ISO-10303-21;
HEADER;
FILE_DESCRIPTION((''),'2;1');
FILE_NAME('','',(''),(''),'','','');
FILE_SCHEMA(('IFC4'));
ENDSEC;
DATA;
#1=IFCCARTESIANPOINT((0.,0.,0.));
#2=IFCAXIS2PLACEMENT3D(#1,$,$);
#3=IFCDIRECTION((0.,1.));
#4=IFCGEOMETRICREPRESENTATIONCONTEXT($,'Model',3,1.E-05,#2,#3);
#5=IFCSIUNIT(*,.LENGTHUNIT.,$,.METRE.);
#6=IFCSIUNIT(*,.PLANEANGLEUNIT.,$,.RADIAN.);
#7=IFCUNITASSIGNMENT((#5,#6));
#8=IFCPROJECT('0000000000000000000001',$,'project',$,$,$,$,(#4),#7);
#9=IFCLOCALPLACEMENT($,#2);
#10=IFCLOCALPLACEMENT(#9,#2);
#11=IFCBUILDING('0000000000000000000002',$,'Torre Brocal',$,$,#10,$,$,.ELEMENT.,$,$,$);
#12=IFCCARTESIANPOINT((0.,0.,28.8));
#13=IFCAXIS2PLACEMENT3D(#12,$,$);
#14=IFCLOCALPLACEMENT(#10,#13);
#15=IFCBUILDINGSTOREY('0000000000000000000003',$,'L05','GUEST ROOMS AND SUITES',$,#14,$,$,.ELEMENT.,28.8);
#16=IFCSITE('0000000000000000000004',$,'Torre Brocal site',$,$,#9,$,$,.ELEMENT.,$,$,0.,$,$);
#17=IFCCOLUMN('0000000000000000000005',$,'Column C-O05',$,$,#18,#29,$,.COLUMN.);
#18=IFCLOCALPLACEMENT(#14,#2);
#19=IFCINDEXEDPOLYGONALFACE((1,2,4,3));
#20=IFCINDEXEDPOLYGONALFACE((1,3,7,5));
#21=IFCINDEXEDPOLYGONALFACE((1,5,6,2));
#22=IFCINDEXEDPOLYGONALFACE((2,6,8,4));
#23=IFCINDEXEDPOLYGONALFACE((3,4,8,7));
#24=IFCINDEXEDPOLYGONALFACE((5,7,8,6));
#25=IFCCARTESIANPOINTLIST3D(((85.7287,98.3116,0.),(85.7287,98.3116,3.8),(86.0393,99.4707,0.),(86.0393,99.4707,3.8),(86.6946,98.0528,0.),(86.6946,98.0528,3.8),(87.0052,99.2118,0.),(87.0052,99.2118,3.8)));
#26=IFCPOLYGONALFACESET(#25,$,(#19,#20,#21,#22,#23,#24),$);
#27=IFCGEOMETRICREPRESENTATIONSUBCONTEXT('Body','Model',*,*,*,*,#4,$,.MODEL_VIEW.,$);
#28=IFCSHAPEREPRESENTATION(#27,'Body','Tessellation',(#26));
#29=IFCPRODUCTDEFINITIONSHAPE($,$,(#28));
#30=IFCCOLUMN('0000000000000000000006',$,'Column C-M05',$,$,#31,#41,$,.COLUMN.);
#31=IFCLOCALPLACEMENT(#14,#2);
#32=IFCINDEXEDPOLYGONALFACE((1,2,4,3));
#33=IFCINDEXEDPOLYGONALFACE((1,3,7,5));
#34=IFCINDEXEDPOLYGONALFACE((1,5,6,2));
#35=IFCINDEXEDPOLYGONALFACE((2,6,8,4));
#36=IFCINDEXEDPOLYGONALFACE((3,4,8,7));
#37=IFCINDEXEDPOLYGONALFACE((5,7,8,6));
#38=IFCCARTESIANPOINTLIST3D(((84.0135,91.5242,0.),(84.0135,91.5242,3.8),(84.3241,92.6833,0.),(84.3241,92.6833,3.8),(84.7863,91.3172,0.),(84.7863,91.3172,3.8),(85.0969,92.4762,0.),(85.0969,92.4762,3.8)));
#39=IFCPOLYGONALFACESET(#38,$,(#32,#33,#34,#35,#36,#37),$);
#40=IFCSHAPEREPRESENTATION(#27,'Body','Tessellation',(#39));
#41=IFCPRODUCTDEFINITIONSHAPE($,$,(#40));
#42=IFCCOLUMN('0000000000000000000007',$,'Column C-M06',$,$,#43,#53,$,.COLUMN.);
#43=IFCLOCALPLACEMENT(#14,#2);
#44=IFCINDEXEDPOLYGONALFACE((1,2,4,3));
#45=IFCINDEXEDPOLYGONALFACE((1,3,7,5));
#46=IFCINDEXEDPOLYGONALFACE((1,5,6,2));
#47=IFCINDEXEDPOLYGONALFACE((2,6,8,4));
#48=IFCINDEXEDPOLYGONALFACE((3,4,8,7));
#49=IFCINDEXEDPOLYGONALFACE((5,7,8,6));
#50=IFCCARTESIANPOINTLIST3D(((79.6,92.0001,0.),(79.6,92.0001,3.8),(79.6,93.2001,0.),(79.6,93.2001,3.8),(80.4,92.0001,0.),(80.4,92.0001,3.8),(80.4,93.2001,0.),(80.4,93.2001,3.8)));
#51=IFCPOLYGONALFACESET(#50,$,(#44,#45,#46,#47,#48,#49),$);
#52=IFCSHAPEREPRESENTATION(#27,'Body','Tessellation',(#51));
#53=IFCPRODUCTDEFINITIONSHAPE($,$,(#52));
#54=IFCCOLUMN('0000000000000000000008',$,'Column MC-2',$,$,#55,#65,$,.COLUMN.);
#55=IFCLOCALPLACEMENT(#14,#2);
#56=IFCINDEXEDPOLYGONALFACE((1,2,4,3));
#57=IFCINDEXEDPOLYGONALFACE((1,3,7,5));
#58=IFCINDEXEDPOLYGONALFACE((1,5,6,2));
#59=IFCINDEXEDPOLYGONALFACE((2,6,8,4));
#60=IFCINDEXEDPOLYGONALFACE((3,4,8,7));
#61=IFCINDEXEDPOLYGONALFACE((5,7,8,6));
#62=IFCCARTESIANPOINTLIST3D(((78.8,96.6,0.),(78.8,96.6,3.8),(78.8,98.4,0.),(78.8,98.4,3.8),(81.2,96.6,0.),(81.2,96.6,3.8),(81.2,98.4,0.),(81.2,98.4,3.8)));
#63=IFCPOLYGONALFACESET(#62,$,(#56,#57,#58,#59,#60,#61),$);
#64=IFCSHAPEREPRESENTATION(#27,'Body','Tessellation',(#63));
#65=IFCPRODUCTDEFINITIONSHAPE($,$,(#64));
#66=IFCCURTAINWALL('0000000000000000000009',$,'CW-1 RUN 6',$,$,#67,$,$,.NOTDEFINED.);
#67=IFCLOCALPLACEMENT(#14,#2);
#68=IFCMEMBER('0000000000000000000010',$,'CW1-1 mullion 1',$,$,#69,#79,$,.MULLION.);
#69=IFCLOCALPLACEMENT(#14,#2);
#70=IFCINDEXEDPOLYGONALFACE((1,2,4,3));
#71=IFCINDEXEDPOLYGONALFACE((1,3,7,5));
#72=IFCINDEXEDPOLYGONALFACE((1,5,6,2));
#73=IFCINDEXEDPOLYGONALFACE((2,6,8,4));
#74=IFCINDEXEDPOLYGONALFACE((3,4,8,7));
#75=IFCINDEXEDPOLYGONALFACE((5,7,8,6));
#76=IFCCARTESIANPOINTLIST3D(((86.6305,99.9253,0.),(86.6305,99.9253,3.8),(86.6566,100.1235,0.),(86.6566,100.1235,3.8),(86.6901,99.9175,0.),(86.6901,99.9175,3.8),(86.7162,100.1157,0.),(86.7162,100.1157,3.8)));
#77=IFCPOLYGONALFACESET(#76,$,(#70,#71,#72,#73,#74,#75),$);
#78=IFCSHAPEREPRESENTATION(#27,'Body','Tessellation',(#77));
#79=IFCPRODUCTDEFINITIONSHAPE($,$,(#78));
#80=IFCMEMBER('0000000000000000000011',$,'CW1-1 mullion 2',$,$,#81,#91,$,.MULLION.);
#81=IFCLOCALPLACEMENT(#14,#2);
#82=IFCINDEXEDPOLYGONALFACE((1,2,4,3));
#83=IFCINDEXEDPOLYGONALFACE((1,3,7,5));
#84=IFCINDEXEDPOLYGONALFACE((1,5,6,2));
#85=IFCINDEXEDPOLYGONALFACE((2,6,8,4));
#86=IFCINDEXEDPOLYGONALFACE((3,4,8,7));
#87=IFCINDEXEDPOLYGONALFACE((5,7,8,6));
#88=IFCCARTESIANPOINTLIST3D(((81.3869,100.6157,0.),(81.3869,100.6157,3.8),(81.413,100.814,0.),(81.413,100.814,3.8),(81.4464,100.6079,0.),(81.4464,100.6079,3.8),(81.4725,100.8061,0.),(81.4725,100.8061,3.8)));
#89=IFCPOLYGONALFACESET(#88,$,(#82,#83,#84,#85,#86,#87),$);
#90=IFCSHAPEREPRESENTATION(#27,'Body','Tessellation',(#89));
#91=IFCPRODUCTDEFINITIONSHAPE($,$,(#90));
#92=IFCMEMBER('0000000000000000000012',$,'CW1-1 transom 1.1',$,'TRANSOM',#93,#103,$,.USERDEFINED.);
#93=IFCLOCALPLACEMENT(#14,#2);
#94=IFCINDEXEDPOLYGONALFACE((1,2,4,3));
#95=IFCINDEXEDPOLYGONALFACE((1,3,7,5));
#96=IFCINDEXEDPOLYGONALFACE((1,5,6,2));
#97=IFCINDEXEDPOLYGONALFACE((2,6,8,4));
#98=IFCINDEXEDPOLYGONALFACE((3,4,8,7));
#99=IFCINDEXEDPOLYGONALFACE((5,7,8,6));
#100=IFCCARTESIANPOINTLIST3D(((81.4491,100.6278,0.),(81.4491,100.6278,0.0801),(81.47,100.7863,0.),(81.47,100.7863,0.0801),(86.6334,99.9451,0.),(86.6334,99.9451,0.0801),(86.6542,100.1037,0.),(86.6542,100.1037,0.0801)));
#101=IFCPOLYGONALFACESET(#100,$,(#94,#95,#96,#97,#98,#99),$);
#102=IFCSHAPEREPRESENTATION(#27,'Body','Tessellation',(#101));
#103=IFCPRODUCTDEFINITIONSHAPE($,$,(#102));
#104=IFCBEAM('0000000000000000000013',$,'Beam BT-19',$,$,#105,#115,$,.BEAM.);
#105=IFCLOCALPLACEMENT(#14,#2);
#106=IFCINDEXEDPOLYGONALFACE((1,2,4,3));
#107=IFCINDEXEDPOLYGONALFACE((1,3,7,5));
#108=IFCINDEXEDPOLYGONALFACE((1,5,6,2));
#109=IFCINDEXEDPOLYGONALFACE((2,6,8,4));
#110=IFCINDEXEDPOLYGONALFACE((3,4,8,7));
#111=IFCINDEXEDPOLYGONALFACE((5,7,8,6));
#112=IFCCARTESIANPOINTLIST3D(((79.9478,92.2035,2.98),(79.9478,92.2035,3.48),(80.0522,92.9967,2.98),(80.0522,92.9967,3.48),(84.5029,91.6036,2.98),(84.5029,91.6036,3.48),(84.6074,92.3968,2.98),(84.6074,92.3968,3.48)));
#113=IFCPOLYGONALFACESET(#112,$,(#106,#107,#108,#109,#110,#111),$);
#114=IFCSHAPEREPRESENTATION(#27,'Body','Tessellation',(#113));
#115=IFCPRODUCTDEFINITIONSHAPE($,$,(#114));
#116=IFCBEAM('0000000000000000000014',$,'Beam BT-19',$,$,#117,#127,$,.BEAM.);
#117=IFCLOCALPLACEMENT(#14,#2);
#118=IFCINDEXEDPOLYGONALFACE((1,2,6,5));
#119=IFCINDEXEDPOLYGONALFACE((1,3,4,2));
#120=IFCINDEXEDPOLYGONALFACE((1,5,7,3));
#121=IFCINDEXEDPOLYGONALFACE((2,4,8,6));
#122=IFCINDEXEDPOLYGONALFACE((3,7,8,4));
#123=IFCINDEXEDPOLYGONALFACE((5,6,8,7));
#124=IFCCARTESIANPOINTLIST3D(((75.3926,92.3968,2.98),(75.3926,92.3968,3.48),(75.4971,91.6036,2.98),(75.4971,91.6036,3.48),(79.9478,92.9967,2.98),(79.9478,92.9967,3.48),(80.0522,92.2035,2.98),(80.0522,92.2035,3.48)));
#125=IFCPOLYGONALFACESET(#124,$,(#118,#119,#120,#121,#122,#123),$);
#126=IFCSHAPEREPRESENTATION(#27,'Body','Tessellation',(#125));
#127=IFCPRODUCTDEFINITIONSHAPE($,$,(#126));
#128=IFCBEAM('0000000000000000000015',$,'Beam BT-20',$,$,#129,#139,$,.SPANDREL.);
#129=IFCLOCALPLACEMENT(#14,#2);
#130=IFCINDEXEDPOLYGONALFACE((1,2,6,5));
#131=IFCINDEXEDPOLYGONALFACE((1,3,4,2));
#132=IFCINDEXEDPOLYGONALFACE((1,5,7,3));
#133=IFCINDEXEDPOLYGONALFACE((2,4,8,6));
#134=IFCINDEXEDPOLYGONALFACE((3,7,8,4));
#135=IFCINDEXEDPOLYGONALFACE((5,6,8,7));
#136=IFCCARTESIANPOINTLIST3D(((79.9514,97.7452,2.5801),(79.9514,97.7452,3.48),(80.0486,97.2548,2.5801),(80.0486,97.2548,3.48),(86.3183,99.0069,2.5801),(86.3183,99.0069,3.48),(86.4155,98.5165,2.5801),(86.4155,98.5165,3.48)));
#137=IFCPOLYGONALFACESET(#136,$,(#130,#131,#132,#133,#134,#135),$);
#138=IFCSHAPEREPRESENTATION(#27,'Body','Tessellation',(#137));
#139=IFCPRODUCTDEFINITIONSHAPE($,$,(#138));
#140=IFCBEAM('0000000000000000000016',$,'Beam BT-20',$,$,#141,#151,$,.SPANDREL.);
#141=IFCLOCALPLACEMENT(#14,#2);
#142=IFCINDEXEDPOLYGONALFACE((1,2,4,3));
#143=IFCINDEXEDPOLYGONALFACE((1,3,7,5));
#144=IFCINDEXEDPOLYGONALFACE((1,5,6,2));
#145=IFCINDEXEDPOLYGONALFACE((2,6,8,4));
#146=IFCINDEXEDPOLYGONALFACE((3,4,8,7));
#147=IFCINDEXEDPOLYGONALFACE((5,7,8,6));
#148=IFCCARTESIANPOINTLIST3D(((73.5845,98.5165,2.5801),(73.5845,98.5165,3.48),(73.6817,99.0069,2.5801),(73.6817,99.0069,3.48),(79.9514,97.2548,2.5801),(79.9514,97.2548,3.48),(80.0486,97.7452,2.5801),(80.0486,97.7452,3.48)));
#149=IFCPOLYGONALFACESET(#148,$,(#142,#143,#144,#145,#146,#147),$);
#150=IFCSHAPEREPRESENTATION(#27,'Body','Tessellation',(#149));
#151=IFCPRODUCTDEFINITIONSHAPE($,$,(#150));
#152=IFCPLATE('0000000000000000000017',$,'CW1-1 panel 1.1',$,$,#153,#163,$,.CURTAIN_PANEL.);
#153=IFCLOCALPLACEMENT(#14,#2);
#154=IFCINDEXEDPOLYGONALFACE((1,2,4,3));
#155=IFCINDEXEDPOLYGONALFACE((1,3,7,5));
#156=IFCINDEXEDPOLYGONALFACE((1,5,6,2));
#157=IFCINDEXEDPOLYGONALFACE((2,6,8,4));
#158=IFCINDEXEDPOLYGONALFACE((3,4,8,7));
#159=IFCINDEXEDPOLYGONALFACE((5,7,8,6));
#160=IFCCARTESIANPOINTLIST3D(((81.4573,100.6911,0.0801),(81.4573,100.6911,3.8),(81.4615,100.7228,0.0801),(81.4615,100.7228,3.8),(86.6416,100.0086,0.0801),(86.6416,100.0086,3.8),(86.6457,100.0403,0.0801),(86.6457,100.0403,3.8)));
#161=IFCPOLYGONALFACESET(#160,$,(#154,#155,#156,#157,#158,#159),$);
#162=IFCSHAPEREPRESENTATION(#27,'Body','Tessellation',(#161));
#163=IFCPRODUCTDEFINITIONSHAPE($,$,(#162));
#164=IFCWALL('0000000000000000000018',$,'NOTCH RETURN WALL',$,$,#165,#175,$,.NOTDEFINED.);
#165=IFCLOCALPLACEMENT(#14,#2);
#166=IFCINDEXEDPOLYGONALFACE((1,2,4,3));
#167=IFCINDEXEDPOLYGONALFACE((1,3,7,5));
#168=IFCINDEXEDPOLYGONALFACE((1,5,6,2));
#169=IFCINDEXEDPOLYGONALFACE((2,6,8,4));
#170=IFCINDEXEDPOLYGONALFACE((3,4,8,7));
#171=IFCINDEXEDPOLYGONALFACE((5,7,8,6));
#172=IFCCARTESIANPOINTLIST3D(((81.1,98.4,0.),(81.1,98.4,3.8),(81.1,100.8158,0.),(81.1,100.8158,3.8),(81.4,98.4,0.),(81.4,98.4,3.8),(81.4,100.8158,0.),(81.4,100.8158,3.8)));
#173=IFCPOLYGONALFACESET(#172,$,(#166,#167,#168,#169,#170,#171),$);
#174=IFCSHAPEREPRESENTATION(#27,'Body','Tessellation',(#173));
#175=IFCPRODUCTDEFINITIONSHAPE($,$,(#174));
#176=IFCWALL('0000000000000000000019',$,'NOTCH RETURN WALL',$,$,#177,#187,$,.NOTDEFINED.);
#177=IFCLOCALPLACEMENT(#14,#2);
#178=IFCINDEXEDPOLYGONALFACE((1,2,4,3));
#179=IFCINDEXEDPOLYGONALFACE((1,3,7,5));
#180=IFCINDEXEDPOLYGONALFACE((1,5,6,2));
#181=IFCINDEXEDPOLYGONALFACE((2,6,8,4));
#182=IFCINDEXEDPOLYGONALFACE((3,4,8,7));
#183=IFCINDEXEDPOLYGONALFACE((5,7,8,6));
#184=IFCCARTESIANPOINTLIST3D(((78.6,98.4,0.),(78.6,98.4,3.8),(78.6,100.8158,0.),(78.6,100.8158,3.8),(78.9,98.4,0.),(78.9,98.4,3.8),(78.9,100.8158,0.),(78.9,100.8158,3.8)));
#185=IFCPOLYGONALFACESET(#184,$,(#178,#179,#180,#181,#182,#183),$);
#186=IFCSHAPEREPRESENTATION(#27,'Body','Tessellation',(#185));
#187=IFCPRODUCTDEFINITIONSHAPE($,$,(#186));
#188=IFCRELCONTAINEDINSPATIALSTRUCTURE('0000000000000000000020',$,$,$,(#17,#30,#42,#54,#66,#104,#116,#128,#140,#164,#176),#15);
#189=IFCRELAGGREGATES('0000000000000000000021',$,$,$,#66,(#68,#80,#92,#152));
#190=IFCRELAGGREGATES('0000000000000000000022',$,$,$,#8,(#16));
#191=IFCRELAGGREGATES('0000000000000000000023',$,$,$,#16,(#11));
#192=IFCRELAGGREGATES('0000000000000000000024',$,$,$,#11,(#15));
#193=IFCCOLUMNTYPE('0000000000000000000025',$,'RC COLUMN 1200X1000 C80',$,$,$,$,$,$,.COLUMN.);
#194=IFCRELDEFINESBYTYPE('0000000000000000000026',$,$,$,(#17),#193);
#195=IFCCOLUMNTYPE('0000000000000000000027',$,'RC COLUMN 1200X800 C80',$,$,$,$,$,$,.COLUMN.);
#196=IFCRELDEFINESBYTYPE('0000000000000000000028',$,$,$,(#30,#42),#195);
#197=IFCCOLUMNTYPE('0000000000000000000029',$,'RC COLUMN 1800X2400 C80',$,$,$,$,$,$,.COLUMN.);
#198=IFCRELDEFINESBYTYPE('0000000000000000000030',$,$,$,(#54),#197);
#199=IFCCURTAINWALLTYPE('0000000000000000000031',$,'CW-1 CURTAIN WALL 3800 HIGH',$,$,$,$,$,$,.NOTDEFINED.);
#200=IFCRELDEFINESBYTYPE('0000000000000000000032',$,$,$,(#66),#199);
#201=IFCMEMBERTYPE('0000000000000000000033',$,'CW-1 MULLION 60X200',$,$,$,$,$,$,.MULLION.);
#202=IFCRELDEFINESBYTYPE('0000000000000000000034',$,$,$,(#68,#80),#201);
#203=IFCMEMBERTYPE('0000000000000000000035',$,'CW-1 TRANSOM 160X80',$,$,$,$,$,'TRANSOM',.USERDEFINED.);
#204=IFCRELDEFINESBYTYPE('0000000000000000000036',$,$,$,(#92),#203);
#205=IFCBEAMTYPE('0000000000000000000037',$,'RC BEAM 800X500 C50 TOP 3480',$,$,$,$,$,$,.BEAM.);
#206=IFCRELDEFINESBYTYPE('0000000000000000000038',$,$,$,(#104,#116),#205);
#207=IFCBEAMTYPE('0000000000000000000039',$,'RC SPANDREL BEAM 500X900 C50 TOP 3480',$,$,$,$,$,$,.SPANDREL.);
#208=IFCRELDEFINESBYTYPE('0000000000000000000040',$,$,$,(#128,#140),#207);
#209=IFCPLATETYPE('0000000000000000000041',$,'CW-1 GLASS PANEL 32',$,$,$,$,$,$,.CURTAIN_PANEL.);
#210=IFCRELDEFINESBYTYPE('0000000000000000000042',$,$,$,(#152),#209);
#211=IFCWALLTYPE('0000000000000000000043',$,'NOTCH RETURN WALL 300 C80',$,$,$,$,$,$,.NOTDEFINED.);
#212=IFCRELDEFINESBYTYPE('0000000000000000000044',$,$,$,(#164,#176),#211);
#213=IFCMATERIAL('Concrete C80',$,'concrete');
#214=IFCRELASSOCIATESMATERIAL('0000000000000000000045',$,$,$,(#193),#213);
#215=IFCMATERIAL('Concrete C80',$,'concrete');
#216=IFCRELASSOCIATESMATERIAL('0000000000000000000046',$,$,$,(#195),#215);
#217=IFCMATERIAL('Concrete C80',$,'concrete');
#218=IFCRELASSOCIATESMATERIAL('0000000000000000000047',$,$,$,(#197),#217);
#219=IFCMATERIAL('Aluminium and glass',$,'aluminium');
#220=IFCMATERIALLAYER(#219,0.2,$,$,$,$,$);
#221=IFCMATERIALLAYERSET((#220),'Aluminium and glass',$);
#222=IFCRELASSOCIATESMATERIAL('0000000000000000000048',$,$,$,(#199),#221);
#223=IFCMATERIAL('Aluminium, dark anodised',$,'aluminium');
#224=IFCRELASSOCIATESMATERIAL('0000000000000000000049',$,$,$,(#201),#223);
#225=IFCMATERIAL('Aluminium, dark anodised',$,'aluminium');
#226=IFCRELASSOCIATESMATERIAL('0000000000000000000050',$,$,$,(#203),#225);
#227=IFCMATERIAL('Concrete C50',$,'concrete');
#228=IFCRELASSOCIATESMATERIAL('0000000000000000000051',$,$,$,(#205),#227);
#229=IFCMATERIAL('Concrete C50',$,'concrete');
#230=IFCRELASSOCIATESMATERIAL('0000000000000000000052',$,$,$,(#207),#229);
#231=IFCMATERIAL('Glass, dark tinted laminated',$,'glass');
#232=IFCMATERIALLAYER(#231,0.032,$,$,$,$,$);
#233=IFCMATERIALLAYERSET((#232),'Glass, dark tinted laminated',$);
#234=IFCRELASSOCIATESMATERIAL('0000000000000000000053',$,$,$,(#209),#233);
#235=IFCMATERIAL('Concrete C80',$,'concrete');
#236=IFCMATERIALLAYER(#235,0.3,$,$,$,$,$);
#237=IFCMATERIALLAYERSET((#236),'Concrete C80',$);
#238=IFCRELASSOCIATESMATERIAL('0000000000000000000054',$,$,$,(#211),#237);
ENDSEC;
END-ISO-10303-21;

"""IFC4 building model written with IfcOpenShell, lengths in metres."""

from ifc_helpers import new_model, si_unit, direction, frame, frame_2d, origin, origin_2d, place, context, subcontext, project, spatial, rectangle, extrude, material, layer, layer_set, material_profile, profile_set, type_object, element, aggregate, save


model = new_model("IFC4")

# Units and contexts
model_context = context("Model", 3, precision=1e-05, world=origin(), true_north=direction((0.0, 1.0)))
body_context = subcontext(model_context, "Body", "Model", "MODEL_VIEW")
ifc_project = project(units=[si_unit("LENGTHUNIT", "METRE"), si_unit("PLANEANGLEUNIT", "RADIAN")], contexts=[model_context])

# Site, building, storey
site_placement = place(None, origin())
site = spatial("IfcSite", under=ifc_project, at=site_placement, Name="Torre Brocal site", CompositionType="ELEMENT", RefElevation=0.0)
building_placement = place(site_placement, origin())
building = spatial("IfcBuilding", under=site, at=building_placement, Name="Torre Brocal", CompositionType="ELEMENT")
storey_placement = place(building_placement, frame((0.0, 0.0, 28.8)))
storey = spatial("IfcBuildingStorey", under=building, at=storey_placement, Name="L05", Description="GUEST ROOMS AND SUITES", CompositionType="ELEMENT", Elevation=28.8)

# Columns
ifc_material_1 = material(Name="Concrete C80", Category="concrete")
ifc_material_profile_1 = material_profile(ifc_material_1, rectangle(XDim=1.2, YDim=1.0, at=origin_2d()), Name="RC 1200X1000")
ifc_profile_set_1 = profile_set([ifc_material_profile_1], Name="Concrete C80")
column_type_1 = type_object("IfcColumnType", Name="RC COLUMN 1200X1000 C80", PredefinedType="COLUMN", material=ifc_profile_set_1)
column_1_placement = place(storey_placement, frame((86.3669, 98.7617, 0.0), z_axis=(0.0, 0.0, 1.0), x_axis=(0.258819, 0.965926, 0.0)))
element("IfcColumn", 1, at=column_1_placement, inside=storey, type_object=column_type_1, Name="Column C-O05", PredefinedType="COLUMN", context=body_context, shape_type="SweptSolid", body=[
    extrude(rectangle(XDim=1.2, YDim=1.0, at=origin_2d()), origin(), (0.0, 0.0, 1.0), 3.8),
])
ifc_material_2 = material(Name="Concrete C80", Category="concrete")
ifc_material_profile_2 = material_profile(ifc_material_2, rectangle(XDim=1.2, YDim=0.8, at=origin_2d()), Name="RC 1200X800")
ifc_profile_set_2 = profile_set([ifc_material_profile_2], Name="Concrete C80")
column_type_2 = type_object("IfcColumnType", Name="RC COLUMN 1200X800 C80", PredefinedType="COLUMN", material=ifc_profile_set_2)
for number, where, z_axis, x_axis, name in (
    (2, (84.5552, 92.0002, 0.0), (0.0, 0.0, 1.0), (0.258819, 0.965926, 0.0), "Column C-M05"),
    (3, (80.0, 92.6001, 0.0), (0.0, 0.0, 1.0), (0.0, 1.0, 0.0), "Column C-M06"),
):
    element("IfcColumn", number, at=place(storey_placement, frame(where, z_axis=z_axis, x_axis=x_axis)), inside=storey, type_object=column_type_2, Name=name, PredefinedType="COLUMN", context=body_context, shape_type="SweptSolid", body=[
        extrude(rectangle(XDim=1.2, YDim=0.8, at=origin_2d()), origin(), (0.0, 0.0, 1.0), 3.8),
    ])
ifc_material_3 = material(Name="Concrete C80", Category="concrete")
ifc_material_profile_3 = material_profile(ifc_material_3, rectangle(XDim=1.8, YDim=2.3999, at=origin_2d()), Name="RC 1800X2400")
ifc_profile_set_3 = profile_set([ifc_material_profile_3], Name="Concrete C80")
column_type_3 = type_object("IfcColumnType", Name="RC COLUMN 1800X2400 C80", PredefinedType="COLUMN", material=ifc_profile_set_3)
column_2_placement = place(storey_placement, frame((80.0, 97.5, 0.0), z_axis=(0.0, 0.0, 1.0), x_axis=(0.0, 1.0, 0.0)))
element("IfcColumn", 4, at=column_2_placement, inside=storey, type_object=column_type_3, Name="Column MC-2", PredefinedType="COLUMN", context=body_context, shape_type="SweptSolid", body=[
    extrude(rectangle(XDim=1.8, YDim=2.3999, at=origin_2d()), origin(), (0.0, 0.0, 1.0), 3.8),
])

# Curtain wall, members
ifc_material_4 = material(Name="Aluminium and glass", Category="aluminium")
ifc_layer_1 = layer(ifc_material_4, 0.2)
ifc_layer_set_1 = layer_set([ifc_layer_1], Name="Aluminium and glass")
curtain_wall_type = type_object("IfcCurtainWallType", Name="CW-1 CURTAIN WALL 3800 HIGH", PredefinedType="NOTDEFINED", material=ifc_layer_set_1)
curtain_wall_placement = place(storey_placement, origin())
curtain_wall = element("IfcCurtainWall", 5, at=curtain_wall_placement, inside=storey, type_object=curtain_wall_type, Name="CW-1 RUN 6", PredefinedType="NOTDEFINED")
ifc_material_5 = material(Name="Aluminium, dark anodised", Category="aluminium")
ifc_material_profile_4 = material_profile(ifc_material_5, rectangle(XDim=0.2, YDim=0.0601, at=origin_2d()), Name="CW-1 MULLION 60X200")
ifc_profile_set_4 = profile_set([ifc_material_profile_4], Name="Aluminium, dark anodised")
member_type_1 = type_object("IfcMemberType", Name="CW-1 MULLION 60X200", PredefinedType="MULLION", material=ifc_profile_set_4)
member_1_placement = place(storey_placement, frame((86.6733, 100.0205, 0.0), z_axis=(0.0, 0.0, 1.0), x_axis=(-0.130526, -0.991445, 0.0)))
member_1 = element("IfcMember", 6, at=member_1_placement, type_object=member_type_1, Name="CW1-1 mullion 1", PredefinedType="MULLION", context=body_context, shape_type="SweptSolid", body=[
    extrude(rectangle(XDim=0.2, YDim=0.0601, at=origin_2d()), origin(), (0.0, 0.0, 1.0), 3.8),
])
member_2_placement = place(storey_placement, frame((81.4297, 100.7109, 0.0), z_axis=(0.0, 0.0, 1.0), x_axis=(-0.130526, -0.991445, 0.0)))
member_2 = element("IfcMember", 7, at=member_2_placement, type_object=member_type_1, Name="CW1-1 mullion 2", PredefinedType="MULLION", context=body_context, shape_type="SweptSolid", body=[
    extrude(rectangle(XDim=0.2, YDim=0.0601, at=origin_2d()), origin(), (0.0, 0.0, 1.0), 3.8),
])
ifc_material_6 = material(Name="Aluminium, dark anodised", Category="aluminium")
ifc_material_profile_5 = material_profile(ifc_material_6, rectangle(XDim=0.1599, YDim=0.0801, at=origin_2d()), Name="CW-1 TRANSOM 160X80")
ifc_profile_set_5 = profile_set([ifc_material_profile_5], Name="Aluminium, dark anodised")
member_type_2 = type_object("IfcMemberType", Name="CW-1 TRANSOM 160X80", ElementType="TRANSOM", PredefinedType="USERDEFINED", material=ifc_profile_set_5)
member_3_placement = place(storey_placement, frame((86.6438, 100.0244, 0.04), z_axis=(-0.991443, 0.130543, 0.0), x_axis=(-0.130543, -0.991443, 0.0)))
member_3 = element("IfcMember", 8, at=member_3_placement, type_object=member_type_2, Name="CW1-1 transom 1.1", ObjectType="TRANSOM", PredefinedType="USERDEFINED", context=body_context, shape_type="SweptSolid", body=[
    extrude(rectangle(XDim=0.1599, YDim=0.0801, at=origin_2d()), origin(), (0.0, 0.0, 1.0), 5.229),
])

# Beams
ifc_material_7 = material(Name="Concrete C50", Category="concrete")
ifc_material_profile_6 = material_profile(ifc_material_7, rectangle(XDim=0.8, YDim=0.5, at=origin_2d()), Name="RC 800X500")
ifc_profile_set_6 = profile_set([ifc_material_profile_6], Name="Concrete C50")
beam_type_1 = type_object("IfcBeamType", Name="RC BEAM 800X500 C50 TOP 3480", PredefinedType="BEAM", material=ifc_profile_set_6)
for number, where, z_axis, x_axis, name in (
    (9, (84.5552, 92.0002, 3.23), (-0.991441, 0.130559, 0.0), (-0.130559, -0.991441, 0.0), "Beam BT-19"),
    (10, (80.0, 92.6001, 3.23), (-0.991441, -0.130559, 0.0), (0.130559, -0.991441, 0.0), "Beam BT-19"),
):
    element("IfcBeam", number, at=place(storey_placement, frame(where, z_axis=z_axis, x_axis=x_axis)), inside=storey, type_object=beam_type_1, Name=name, PredefinedType="BEAM", context=body_context, shape_type="SweptSolid", body=[
        extrude(rectangle(XDim=0.8, YDim=0.5, at=origin_2d()), origin(), (0.0, 0.0, 1.0), 4.5945),
    ])
ifc_material_8 = material(Name="Concrete C50", Category="concrete")
ifc_material_profile_7 = material_profile(ifc_material_8, rectangle(XDim=0.5, YDim=0.8999, at=origin_2d()), Name="RC 500X900")
ifc_profile_set_7 = profile_set([ifc_material_profile_7], Name="Concrete C50")
beam_type_2 = type_object("IfcBeamType", Name="RC SPANDREL BEAM 500X900 C50 TOP 3480", PredefinedType="SPANDREL", material=ifc_profile_set_7)
for number, where, z_axis, x_axis, name in (
    (11, (86.3669, 98.7617, 3.03), (-0.980925, -0.194387, 0.0), (0.194387, -0.980925, 0.0), "Beam BT-20"),
    (12, (80.0, 97.5, 3.03), (-0.980925, 0.194387, 0.0), (-0.194387, -0.980925, 0.0), "Beam BT-20"),
):
    element("IfcBeam", number, at=place(storey_placement, frame(where, z_axis=z_axis, x_axis=x_axis)), inside=storey, type_object=beam_type_2, Name=name, PredefinedType="SPANDREL", context=body_context, shape_type="SweptSolid", body=[
        extrude(rectangle(XDim=0.5, YDim=0.8999, at=origin_2d()), origin(), (0.0, 0.0, 1.0), 6.4907),
    ])

# Plate
ifc_material_9 = material(Name="Glass, dark tinted laminated", Category="glass")
ifc_layer_2 = layer(ifc_material_9, 0.032)
ifc_layer_set_2 = layer_set([ifc_layer_2], Name="Glass, dark tinted laminated")
plate_type = type_object("IfcPlateType", Name="CW-1 GLASS PANEL 32", PredefinedType="CURTAIN_PANEL", material=ifc_layer_set_2)
plate_placement = place(storey_placement, frame((84.0515, 100.3657, 0.0801), z_axis=(0.0, 0.0, 1.0), x_axis=(-0.991445, 0.130526, 0.0)))
plate = element("IfcPlate", 13, at=plate_placement, type_object=plate_type, Name="CW1-1 panel 1.1", PredefinedType="CURTAIN_PANEL", context=body_context, shape_type="SweptSolid", body=[
    extrude(rectangle(XDim=5.229, YDim=0.032, at=origin_2d()), origin(), (0.0, 0.0, 1.0), 3.72),
])
aggregate(curtain_wall, [member_1, member_2, member_3, plate])

# Walls
ifc_material_10 = material(Name="Concrete C80", Category="concrete")
ifc_layer_3 = layer(ifc_material_10, 0.3)
ifc_layer_set_3 = layer_set([ifc_layer_3], Name="Concrete C80")
wall_type_1 = type_object("IfcWallType", Name="NOTCH RETURN WALL 300 C80", PredefinedType="NOTDEFINED", material=ifc_layer_set_3)
for number, where, z_axis, x_axis, name in (
    (14, (81.25, 98.3999, 0.0), (0.0, 0.0, 1.0), (0.0, 1.0, 0.0), "NOTCH RETURN WALL"),
    (15, (78.75, 98.3999, 0.0), (0.0, 0.0, 1.0), (0.0, 1.0, 0.0), "NOTCH RETURN WALL"),
):
    element("IfcWall", number, at=place(storey_placement, frame(where, z_axis=z_axis, x_axis=x_axis)), inside=storey, type_object=wall_type_1, Name=name, PredefinedType="NOTDEFINED", context=body_context, shape_type="SweptSolid", body=[
        extrude(rectangle(XDim=2.4158, YDim=0.3, at=frame_2d((1.208, 0.0))), origin(), (0.0, 0.0, 1.0), 3.8),
    ])

save(model, "model.ifc")
